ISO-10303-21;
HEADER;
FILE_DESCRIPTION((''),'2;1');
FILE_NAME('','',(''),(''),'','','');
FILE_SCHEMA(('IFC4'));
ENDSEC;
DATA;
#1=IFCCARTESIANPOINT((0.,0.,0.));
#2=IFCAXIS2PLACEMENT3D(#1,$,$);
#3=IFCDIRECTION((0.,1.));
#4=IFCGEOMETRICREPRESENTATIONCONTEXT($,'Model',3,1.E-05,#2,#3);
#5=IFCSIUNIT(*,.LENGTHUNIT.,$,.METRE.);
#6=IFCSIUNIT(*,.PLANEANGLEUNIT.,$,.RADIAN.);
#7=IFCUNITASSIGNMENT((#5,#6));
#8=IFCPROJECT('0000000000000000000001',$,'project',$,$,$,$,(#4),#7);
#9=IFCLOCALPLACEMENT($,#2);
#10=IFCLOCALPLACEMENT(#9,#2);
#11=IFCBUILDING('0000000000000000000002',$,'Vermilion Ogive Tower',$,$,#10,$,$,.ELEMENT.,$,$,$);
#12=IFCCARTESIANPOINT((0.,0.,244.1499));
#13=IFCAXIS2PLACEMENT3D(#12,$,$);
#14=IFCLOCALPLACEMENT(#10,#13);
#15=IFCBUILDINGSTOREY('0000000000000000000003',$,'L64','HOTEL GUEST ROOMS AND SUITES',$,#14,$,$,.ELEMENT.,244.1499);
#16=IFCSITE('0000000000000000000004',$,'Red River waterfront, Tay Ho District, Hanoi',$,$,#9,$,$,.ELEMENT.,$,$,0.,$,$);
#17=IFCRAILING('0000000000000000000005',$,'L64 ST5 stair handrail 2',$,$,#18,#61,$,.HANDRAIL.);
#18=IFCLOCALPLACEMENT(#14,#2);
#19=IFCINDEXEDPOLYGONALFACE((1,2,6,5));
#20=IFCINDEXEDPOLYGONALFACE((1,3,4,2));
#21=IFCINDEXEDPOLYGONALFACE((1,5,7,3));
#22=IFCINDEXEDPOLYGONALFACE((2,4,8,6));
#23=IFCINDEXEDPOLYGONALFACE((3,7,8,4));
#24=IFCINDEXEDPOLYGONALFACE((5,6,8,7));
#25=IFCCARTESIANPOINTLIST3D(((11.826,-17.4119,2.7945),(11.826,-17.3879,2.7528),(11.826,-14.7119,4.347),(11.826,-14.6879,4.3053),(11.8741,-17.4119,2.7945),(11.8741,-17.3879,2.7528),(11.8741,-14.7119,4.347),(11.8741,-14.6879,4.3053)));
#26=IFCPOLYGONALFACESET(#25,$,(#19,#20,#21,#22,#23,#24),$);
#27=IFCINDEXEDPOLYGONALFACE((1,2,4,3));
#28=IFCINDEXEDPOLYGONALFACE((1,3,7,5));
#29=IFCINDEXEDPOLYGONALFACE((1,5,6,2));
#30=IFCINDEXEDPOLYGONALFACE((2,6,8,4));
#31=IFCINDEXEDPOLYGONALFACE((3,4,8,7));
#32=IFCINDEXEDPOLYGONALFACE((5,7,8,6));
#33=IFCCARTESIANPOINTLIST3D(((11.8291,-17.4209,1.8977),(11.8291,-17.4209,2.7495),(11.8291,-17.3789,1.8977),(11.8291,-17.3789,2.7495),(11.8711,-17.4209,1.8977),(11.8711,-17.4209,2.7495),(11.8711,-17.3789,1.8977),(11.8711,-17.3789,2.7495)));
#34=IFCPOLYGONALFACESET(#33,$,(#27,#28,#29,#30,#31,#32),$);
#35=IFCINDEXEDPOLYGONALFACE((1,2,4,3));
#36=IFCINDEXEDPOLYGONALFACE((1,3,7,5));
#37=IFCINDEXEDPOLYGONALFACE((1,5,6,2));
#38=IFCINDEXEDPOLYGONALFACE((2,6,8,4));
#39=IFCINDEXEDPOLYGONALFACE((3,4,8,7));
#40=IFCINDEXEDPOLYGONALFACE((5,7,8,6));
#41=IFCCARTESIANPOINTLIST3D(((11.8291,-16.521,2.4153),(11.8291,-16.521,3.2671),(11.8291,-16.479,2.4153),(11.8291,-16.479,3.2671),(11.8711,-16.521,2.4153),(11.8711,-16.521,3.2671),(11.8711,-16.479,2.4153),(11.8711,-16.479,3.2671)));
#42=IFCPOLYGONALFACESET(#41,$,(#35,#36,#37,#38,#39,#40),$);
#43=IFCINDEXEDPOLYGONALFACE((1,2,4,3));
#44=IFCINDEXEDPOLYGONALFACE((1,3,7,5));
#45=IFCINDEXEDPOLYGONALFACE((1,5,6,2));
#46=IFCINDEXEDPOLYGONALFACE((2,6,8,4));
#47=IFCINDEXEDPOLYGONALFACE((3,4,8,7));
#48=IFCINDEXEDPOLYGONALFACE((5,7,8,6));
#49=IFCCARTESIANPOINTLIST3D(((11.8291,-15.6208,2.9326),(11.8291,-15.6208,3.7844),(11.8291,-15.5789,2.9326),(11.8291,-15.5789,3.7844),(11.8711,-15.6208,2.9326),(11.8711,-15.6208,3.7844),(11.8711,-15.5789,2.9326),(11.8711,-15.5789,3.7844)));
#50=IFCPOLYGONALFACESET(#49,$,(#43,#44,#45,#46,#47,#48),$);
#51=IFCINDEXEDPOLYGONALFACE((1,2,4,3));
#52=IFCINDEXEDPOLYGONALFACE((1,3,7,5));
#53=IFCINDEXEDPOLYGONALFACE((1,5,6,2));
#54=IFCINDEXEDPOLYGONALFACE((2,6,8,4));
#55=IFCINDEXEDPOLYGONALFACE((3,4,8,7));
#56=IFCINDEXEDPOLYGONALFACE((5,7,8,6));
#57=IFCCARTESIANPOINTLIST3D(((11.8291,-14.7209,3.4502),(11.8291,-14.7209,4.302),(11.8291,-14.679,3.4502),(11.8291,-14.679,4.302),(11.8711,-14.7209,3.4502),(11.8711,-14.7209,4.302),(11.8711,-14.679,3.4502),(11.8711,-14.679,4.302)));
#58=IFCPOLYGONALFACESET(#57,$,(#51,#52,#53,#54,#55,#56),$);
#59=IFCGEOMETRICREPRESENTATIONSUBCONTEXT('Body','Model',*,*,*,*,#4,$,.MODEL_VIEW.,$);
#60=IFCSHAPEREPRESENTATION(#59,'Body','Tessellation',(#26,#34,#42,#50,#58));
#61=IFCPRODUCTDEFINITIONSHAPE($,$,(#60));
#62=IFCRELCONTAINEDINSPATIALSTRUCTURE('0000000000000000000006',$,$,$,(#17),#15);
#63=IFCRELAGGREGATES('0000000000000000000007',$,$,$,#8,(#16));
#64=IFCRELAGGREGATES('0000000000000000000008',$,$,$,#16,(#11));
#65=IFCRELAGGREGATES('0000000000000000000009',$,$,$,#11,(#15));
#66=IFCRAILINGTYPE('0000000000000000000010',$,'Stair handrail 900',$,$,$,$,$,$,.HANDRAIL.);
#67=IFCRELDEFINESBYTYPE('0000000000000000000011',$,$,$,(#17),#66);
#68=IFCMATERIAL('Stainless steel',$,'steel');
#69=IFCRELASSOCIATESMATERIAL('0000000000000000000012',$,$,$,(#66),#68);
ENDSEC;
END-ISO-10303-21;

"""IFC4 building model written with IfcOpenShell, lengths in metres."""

from ifc_helpers import new_model, si_unit, direction, frame, origin, origin_2d, place, context, subcontext, project, spatial, rectangle, extrude, material, type_object, element, save


model = new_model("IFC4")

# Units and contexts
model_context = context("Model", 3, precision=1e-05, world=origin(), true_north=direction((0.0, 1.0)))
body_context = subcontext(model_context, "Body", "Model", "MODEL_VIEW")
ifc_project = project(units=[si_unit("LENGTHUNIT", "METRE"), si_unit("PLANEANGLEUNIT", "RADIAN")], contexts=[model_context])

# Site, building, storey
site_placement = place(None, origin())
site = spatial("IfcSite", under=ifc_project, at=site_placement, Name="Red River waterfront, Tay Ho District, Hanoi", CompositionType="ELEMENT", RefElevation=0.0)
building_placement = place(site_placement, origin())
building = spatial("IfcBuilding", under=site, at=building_placement, Name="Vermilion Ogive Tower", CompositionType="ELEMENT")
storey_placement = place(building_placement, frame((0.0, 0.0, 244.1499)))
storey = spatial("IfcBuildingStorey", under=building, at=storey_placement, Name="L64", Description="HOTEL GUEST ROOMS AND SUITES", CompositionType="ELEMENT", Elevation=244.1499)

# Railing
ifc_material_1 = material(Name="Stainless steel", Category="steel")
railing_type_1 = type_object("IfcRailingType", Name="Stair handrail 900", PredefinedType="HANDRAIL", material=ifc_material_1)
railing_1_placement = place(storey_placement, frame((11.8501, -17.3999, 1.8977)))
element("IfcRailing", 1, at=railing_1_placement, inside=storey, type_object=railing_type_1, Name="L64 ST5 stair handrail 2", PredefinedType="HANDRAIL", context=body_context, shape_type="SweptSolid", body=[
    extrude(rectangle(XDim=0.0481, YDim=0.0481, at=origin_2d()), frame((0.0, 0.0, 0.876), z_axis=(0.0, 0.866904, 0.498476), x_axis=(-1.0, 0.0, 0.0)), (0.0, 0.0, 1.0), 3.1145),
    extrude(rectangle(XDim=0.042, YDim=0.042, at=origin_2d()), origin(), (0.0, 0.0, 1.0), 0.8518),
    extrude(rectangle(XDim=0.042, YDim=0.042, at=origin_2d()), frame((0.0, 0.8999, 0.5176)), (0.0, 0.0, 1.0), 0.8518),
    extrude(rectangle(XDim=0.042, YDim=0.042, at=origin_2d()), frame((0.0, 1.8, 1.0349)), (0.0, 0.0, 1.0), 0.8518),
    extrude(rectangle(XDim=0.042, YDim=0.042, at=origin_2d()), frame((0.0, 2.7, 1.5525)), (0.0, 0.0, 1.0), 0.8518),
])

save(model, "model.ifc")
